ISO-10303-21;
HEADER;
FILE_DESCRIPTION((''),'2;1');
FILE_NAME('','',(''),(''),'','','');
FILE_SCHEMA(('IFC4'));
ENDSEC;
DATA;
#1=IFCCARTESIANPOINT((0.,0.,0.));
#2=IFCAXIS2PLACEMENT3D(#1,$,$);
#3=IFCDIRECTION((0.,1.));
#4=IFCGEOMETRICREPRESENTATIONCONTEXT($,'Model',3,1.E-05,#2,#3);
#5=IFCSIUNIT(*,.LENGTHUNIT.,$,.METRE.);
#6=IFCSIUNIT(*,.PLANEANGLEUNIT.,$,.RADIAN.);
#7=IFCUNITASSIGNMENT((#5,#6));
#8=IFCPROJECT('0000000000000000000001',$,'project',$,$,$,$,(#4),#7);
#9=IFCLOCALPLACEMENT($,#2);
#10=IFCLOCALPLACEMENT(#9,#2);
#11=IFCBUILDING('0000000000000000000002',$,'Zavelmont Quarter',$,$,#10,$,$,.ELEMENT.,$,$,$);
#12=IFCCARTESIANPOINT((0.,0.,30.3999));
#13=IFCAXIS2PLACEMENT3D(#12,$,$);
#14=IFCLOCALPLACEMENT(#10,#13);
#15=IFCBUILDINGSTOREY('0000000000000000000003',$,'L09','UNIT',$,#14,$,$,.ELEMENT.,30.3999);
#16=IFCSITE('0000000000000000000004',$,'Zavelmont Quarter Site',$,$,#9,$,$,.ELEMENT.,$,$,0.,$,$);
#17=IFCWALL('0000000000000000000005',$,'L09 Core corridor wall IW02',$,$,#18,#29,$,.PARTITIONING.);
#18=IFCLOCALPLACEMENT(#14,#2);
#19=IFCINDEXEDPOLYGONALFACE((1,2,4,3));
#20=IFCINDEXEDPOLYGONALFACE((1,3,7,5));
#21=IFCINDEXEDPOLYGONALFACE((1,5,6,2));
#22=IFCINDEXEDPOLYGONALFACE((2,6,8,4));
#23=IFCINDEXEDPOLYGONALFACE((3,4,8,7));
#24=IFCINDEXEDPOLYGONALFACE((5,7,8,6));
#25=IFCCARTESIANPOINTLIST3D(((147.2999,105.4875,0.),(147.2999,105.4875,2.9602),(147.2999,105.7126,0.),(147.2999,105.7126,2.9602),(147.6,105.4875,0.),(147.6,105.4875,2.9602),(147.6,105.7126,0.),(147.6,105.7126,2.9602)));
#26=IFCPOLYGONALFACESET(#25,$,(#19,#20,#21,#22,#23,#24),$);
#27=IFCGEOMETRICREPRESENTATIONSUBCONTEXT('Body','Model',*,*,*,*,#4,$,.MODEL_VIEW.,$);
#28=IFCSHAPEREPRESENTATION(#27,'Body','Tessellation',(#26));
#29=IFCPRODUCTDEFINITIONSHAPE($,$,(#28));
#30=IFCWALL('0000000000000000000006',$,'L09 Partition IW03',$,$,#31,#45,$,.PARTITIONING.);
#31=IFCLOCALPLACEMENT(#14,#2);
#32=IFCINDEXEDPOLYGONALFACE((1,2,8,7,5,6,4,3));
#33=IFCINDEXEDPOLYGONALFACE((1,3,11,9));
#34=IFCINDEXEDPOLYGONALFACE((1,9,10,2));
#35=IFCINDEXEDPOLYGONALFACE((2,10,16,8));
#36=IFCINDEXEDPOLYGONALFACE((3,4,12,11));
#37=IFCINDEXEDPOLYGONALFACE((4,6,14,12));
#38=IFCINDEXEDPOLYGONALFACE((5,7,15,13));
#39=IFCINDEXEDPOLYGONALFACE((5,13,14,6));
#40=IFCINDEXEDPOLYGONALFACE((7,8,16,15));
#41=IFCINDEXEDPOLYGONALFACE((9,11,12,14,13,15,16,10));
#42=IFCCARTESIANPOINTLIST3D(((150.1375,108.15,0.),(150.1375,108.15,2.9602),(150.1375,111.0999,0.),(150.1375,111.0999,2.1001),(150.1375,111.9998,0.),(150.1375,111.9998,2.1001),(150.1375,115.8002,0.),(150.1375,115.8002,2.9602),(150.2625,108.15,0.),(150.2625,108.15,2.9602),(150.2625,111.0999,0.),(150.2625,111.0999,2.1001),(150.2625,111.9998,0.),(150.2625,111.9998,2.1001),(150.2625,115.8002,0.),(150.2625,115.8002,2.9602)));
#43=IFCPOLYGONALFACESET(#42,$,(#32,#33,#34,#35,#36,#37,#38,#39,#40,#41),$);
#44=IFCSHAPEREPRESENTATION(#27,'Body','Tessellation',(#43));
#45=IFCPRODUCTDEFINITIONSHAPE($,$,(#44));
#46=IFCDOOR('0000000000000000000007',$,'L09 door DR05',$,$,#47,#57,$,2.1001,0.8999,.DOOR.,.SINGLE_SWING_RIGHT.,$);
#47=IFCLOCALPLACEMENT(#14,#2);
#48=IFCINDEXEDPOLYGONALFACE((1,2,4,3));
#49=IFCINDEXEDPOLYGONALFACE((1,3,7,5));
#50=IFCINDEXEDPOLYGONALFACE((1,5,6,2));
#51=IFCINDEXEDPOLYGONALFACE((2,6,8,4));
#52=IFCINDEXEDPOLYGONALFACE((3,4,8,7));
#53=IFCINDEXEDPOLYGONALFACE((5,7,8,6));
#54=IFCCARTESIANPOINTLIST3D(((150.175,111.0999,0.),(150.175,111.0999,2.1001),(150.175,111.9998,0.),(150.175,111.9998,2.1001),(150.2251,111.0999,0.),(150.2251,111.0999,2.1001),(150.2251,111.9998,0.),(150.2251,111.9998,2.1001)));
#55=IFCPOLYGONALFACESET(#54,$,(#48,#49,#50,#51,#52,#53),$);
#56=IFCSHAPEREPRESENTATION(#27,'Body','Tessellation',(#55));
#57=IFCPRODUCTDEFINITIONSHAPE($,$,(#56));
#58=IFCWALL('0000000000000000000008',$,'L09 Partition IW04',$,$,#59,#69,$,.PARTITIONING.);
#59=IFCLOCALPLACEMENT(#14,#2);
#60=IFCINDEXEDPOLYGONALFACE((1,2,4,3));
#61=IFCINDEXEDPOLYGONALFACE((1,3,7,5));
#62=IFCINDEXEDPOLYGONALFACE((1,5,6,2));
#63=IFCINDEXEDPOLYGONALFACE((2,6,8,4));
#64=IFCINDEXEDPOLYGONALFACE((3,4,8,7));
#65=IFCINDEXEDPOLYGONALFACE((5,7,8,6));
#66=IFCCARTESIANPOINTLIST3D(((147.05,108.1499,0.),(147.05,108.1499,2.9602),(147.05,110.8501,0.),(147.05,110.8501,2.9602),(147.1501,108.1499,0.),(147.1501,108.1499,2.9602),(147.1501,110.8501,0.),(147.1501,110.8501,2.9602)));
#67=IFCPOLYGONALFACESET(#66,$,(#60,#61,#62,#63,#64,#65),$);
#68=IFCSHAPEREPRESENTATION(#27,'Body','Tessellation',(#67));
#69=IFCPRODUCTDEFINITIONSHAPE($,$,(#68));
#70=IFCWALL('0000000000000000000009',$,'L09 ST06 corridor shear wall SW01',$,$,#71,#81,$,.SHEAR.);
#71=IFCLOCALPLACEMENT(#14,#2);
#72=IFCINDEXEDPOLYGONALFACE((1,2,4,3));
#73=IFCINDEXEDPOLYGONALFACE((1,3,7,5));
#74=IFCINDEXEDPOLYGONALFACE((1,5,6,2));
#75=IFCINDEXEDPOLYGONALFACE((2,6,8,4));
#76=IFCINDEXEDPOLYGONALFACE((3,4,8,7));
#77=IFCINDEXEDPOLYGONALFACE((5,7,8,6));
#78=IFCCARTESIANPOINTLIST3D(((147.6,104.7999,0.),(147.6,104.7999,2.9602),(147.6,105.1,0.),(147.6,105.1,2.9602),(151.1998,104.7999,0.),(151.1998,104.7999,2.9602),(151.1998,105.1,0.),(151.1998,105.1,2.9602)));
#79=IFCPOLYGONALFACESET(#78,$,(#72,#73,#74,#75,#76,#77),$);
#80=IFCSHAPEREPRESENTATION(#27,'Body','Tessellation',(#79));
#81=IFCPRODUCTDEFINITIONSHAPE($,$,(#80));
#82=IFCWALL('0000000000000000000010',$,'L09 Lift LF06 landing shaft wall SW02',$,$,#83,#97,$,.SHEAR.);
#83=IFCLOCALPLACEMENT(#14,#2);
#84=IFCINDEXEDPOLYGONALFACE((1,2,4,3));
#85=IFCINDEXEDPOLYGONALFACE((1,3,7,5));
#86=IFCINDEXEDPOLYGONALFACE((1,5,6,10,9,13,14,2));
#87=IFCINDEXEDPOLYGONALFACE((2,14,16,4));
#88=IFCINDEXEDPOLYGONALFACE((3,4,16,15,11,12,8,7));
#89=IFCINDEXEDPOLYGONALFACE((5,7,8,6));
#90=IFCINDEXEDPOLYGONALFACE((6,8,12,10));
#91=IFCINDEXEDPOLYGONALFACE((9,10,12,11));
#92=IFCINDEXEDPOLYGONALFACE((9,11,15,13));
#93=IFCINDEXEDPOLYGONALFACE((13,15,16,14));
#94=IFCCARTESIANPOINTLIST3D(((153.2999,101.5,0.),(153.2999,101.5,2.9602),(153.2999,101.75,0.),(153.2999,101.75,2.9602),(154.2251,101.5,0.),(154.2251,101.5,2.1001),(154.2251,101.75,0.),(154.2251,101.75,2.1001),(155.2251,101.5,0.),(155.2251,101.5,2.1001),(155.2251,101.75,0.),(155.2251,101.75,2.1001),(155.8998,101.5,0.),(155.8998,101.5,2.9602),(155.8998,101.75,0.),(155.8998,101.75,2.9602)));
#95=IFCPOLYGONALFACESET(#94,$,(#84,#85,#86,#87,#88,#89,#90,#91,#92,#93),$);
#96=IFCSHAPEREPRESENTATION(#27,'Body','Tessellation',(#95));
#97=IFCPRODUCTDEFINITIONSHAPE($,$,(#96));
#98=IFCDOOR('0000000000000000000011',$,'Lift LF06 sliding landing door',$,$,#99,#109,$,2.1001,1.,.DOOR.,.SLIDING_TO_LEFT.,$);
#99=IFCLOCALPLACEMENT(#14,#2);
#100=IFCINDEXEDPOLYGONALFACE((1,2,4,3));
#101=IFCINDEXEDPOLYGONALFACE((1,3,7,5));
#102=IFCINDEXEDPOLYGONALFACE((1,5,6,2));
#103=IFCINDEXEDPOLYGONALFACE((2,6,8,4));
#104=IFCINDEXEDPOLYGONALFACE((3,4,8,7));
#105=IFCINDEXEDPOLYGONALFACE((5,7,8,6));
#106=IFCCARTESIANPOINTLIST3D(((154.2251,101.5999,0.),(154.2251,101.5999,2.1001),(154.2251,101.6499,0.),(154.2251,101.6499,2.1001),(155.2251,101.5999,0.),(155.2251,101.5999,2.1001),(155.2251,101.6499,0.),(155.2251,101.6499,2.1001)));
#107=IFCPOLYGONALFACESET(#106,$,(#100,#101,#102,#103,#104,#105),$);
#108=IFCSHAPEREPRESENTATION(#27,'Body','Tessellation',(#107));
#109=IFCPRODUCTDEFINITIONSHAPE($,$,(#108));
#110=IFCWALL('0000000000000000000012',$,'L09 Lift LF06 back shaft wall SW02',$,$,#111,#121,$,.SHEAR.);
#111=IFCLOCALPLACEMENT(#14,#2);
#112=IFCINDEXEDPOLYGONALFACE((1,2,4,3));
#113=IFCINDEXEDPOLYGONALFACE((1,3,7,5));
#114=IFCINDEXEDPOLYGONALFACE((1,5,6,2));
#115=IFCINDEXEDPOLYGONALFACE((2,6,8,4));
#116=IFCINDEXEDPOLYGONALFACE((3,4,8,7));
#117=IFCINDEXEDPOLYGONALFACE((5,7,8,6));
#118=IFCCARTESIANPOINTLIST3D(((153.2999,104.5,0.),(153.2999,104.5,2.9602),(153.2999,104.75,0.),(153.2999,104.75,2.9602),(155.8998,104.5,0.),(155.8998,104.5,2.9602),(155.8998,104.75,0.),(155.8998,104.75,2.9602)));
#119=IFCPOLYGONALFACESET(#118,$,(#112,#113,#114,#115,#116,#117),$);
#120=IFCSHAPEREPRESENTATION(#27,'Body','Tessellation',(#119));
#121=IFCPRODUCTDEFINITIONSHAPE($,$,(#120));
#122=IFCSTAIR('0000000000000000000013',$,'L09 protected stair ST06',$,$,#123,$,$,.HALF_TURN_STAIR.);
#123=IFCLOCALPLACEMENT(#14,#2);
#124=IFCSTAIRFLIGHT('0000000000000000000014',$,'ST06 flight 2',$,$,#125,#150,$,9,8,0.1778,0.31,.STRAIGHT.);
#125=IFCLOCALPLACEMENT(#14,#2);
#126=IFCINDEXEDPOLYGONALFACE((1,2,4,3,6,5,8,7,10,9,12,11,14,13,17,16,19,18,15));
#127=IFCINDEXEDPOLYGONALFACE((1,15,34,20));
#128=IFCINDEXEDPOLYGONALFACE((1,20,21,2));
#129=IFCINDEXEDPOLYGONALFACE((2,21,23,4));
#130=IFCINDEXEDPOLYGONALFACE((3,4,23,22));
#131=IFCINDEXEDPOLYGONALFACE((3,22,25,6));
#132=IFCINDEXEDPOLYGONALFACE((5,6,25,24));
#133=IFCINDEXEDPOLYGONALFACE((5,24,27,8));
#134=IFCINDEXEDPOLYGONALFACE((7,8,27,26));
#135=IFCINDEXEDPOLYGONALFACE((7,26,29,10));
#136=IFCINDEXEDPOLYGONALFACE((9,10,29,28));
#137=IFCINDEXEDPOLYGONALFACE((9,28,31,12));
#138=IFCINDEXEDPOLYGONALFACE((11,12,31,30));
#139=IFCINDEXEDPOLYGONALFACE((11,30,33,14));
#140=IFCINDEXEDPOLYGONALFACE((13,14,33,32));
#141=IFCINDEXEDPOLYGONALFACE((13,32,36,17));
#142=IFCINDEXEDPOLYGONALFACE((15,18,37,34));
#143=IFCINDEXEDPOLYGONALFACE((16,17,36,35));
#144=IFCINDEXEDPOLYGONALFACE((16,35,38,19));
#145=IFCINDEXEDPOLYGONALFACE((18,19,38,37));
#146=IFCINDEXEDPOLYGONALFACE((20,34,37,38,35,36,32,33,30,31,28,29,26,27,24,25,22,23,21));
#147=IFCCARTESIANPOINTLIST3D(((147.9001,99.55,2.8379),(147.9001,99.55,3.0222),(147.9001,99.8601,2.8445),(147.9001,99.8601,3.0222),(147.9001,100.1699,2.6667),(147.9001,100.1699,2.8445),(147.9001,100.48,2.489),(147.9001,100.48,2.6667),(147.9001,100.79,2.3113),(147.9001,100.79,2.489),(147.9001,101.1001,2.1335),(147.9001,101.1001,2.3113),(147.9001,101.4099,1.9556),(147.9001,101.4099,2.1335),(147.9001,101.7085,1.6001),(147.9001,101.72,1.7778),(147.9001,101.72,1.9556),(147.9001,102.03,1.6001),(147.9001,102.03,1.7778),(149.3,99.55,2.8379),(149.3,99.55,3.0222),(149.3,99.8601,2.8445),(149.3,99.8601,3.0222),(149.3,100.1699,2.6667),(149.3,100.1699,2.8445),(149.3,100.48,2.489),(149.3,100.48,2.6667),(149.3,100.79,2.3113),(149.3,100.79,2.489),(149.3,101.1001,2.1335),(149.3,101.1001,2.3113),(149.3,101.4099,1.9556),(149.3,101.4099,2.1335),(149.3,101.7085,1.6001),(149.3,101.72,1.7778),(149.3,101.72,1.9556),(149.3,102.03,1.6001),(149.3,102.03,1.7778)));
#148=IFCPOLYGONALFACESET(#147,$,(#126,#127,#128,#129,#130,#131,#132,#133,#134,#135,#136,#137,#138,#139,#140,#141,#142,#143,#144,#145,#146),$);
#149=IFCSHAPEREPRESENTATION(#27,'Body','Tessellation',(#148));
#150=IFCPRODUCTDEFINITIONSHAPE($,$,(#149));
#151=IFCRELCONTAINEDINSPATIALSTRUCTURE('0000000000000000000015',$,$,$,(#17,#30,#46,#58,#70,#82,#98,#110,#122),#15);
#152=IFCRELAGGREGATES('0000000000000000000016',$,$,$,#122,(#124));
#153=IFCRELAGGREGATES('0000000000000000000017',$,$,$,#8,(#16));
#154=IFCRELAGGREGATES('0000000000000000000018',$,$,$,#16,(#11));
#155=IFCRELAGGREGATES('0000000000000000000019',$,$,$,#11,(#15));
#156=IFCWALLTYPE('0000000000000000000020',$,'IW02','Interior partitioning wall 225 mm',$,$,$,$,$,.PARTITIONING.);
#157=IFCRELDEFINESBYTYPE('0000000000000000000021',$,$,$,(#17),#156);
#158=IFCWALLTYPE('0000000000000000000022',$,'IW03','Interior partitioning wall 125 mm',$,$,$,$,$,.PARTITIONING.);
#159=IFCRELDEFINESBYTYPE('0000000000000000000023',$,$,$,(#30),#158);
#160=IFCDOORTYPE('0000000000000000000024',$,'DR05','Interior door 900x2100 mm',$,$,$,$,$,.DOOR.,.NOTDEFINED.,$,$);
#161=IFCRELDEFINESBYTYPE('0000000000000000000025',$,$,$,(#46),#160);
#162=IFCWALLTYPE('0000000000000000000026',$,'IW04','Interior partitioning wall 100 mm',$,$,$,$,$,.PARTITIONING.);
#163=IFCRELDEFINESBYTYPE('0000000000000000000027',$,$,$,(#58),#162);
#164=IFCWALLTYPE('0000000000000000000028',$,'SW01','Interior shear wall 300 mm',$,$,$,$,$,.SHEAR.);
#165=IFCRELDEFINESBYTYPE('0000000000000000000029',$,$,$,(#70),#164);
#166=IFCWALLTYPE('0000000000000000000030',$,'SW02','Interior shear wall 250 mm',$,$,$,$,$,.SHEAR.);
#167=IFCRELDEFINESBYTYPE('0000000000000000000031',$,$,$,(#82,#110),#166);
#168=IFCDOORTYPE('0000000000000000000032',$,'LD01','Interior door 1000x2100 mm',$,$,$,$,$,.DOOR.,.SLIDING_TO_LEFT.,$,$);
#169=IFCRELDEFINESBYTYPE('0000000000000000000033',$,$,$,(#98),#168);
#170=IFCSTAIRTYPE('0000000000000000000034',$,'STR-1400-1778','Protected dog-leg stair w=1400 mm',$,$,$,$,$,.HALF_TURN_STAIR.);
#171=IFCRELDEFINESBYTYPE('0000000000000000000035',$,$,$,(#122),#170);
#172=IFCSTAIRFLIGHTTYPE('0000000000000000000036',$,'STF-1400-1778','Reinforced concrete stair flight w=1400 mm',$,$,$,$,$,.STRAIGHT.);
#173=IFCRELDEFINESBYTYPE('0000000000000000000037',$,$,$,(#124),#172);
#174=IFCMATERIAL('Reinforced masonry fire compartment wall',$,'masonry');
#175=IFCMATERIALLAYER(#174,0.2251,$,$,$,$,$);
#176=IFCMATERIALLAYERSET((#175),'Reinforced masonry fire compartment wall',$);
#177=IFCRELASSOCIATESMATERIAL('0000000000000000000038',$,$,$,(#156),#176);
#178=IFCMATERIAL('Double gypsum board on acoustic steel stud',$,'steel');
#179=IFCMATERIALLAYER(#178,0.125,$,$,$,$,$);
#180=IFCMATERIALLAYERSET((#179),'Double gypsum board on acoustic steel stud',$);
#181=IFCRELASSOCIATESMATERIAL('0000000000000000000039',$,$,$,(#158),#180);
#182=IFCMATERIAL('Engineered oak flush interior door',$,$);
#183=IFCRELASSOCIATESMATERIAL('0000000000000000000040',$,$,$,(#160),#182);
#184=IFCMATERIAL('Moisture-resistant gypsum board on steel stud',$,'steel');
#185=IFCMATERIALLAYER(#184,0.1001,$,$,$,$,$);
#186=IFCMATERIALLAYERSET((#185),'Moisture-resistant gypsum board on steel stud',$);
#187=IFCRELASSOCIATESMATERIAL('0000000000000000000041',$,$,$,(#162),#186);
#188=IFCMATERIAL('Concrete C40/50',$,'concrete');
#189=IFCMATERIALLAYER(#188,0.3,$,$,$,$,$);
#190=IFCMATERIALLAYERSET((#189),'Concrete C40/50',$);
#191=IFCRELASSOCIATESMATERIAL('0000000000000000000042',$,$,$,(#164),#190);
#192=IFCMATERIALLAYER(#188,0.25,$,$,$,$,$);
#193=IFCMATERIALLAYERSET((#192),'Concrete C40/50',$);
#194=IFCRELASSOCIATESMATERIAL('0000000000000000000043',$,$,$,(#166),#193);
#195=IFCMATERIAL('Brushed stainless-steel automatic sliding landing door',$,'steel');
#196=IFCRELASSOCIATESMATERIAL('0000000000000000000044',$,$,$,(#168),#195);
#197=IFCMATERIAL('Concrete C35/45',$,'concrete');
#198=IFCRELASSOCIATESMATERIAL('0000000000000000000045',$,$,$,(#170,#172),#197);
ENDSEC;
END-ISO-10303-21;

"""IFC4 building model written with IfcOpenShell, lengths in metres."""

from ifc_helpers import new_model, si_unit, direction, frame, frame_2d, origin, origin_with_axes, place, context, subcontext, project, spatial, polyline, rectangle, outline, extrude, material, layer, layer_set, type_object, element, fill, aggregate, save


model = new_model("IFC4")

# Units and contexts
model_context = context("Model", 3, precision=1e-05, world=origin(), true_north=direction((0.0, 1.0)))
body_context = subcontext(model_context, "Body", "Model", "MODEL_VIEW")
ifc_project = project(units=[si_unit("LENGTHUNIT", "METRE"), si_unit("PLANEANGLEUNIT", "RADIAN")], contexts=[model_context])

# Site, building, storey
site_placement = place(None, origin())
site = spatial("IfcSite", under=ifc_project, at=site_placement, Name="Zavelmont Quarter Site", CompositionType="ELEMENT", RefElevation=0.0)
building_placement = place(site_placement, origin())
building = spatial("IfcBuilding", under=site, at=building_placement, Name="Zavelmont Quarter", CompositionType="ELEMENT")
storey_placement = place(building_placement, frame((0.0, 0.0, 30.3999)))
storey = spatial("IfcBuildingStorey", under=building, at=storey_placement, Name="L09", Description="UNIT", CompositionType="ELEMENT", Elevation=30.3999)

# Shared definitions
ifc_material_1 = material(Name="Concrete C35/45", Category="concrete")

# Shared definitions
ifc_material_2 = material(Name="Concrete C40/50", Category="concrete")

# Shared definitions
ifc_material_3 = material(Name="Reinforced masonry fire compartment wall", Category="masonry")
ifc_layer_1 = layer(ifc_material_3, 0.2251)
ifc_layer_set_1 = layer_set([ifc_layer_1], Name="Reinforced masonry fire compartment wall")
wall_type_1 = type_object("IfcWallType", Name="IW02", Description="Interior partitioning wall 225 mm", PredefinedType="PARTITIONING", material=ifc_layer_set_1)

# Wall
wall_1_placement = place(storey_placement, frame((147.3, 105.6001, 0.0), z_axis=(0.0, 0.0, 1.0), x_axis=(1.0, 0.0, 0.0)))
element("IfcWall", 1, at=wall_1_placement, inside=storey, type_object=wall_type_1, Name="L09 Core corridor wall IW02", PredefinedType="PARTITIONING", context=body_context, shape_type="SweptSolid", body=[
    extrude(rectangle(XDim=0.3, YDim=0.2251, at=frame_2d((0.1499, 0.0))), origin(), (0.0, 0.0, 1.0), 2.9602),
])

# Wall, opening, door
ifc_material_4 = material(Name="Double gypsum board on acoustic steel stud", Category="steel")
ifc_layer_2 = layer(ifc_material_4, 0.125)
ifc_layer_set_2 = layer_set([ifc_layer_2], Name="Double gypsum board on acoustic steel stud")
wall_type_2 = type_object("IfcWallType", Name="IW03", Description="Interior partitioning wall 125 mm", PredefinedType="PARTITIONING", material=ifc_layer_set_2)
wall_2_placement = place(storey_placement, frame((150.2, 108.1499, 0.0), z_axis=(0.0, 0.0, 1.0), x_axis=(0.0, 1.0, 0.0)))
wall_2 = element("IfcWall", 2, at=wall_2_placement, inside=storey, type_object=wall_type_2, Name="L09 Partition IW03", PredefinedType="PARTITIONING", context=body_context, shape_type="SweptSolid", body=[
    extrude(rectangle(XDim=7.6501, YDim=0.125, at=frame_2d((3.8252, 0.0))), origin(), (0.0, 0.0, 1.0), 2.9602),
])
opening_1_placement = place(wall_2_placement, frame((2.95, 0.0, 0.0)))
opening_1 = element("IfcOpeningElement", 3, at=opening_1_placement, cuts=wall_2, PredefinedType="OPENING", context=body_context, shape_type="SweptSolid", body=[
    extrude(rectangle(XDim=0.8999, YDim=2.1001, at=frame_2d((0.45, 1.05))), frame((0.0, 0.0745, 0.0), z_axis=(0.0, -1.0, 0.0), x_axis=(1.0, 0.0, 0.0)), (0.0, 0.0, 1.0), 0.1489),
])
ifc_material_5 = material(Name="Engineered oak flush interior door")
door_type_1 = type_object("IfcDoorType", Name="DR05", Description="Interior door 900x2100 mm", OperationType="NOTDEFINED", PredefinedType="DOOR", material=ifc_material_5)
door_1_placement = place(opening_1_placement, origin_with_axes())
door_1 = element("IfcDoor", 4, at=door_1_placement, inside=storey, type_object=door_type_1, Name="L09 door DR05", OperationType="SINGLE_SWING_RIGHT", OverallHeight=2.1001, OverallWidth=0.8999, PredefinedType="DOOR", context=body_context, shape_type="SweptSolid", body=[
    extrude(rectangle(XDim=0.8999, YDim=2.1001, at=frame_2d((0.45, 1.05))), frame((0.0, 0.0249, 0.0), z_axis=(0.0, -1.0, 0.0), x_axis=(1.0, 0.0, 0.0)), (0.0, 0.0, 1.0), 0.05),
])
fill(opening_1, door_1)

# Walls
ifc_material_6 = material(Name="Moisture-resistant gypsum board on steel stud", Category="steel")
ifc_layer_3 = layer(ifc_material_6, 0.1001)
ifc_layer_set_3 = layer_set([ifc_layer_3], Name="Moisture-resistant gypsum board on steel stud")
wall_type_3 = type_object("IfcWallType", Name="IW04", Description="Interior partitioning wall 100 mm", PredefinedType="PARTITIONING", material=ifc_layer_set_3)
wall_3_placement = place(storey_placement, frame((147.1001, 108.1499, 0.0), z_axis=(0.0, 0.0, 1.0), x_axis=(0.0, 1.0, 0.0)))
element("IfcWall", 5, at=wall_3_placement, inside=storey, type_object=wall_type_3, Name="L09 Partition IW04", PredefinedType="PARTITIONING", context=body_context, shape_type="SweptSolid", body=[
    extrude(rectangle(XDim=2.7002, YDim=0.1001, at=frame_2d((1.3501, 0.0))), origin(), (0.0, 0.0, 1.0), 2.9602),
])
ifc_layer_4 = layer(ifc_material_2, 0.3)
ifc_layer_set_4 = layer_set([ifc_layer_4], Name="Concrete C40/50")
wall_type_4 = type_object("IfcWallType", Name="SW01", Description="Interior shear wall 300 mm", PredefinedType="SHEAR", material=ifc_layer_set_4)
wall_4_placement = place(storey_placement, frame((147.6001, 104.95, 0.0), z_axis=(0.0, 0.0, 1.0), x_axis=(1.0, 0.0, 0.0)))
element("IfcWall", 6, at=wall_4_placement, inside=storey, type_object=wall_type_4, Name="L09 ST06 corridor shear wall SW01", PredefinedType="SHEAR", context=body_context, shape_type="SweptSolid", body=[
    extrude(rectangle(XDim=3.5999, YDim=0.3, at=frame_2d((1.7998, 0.0))), origin(), (0.0, 0.0, 1.0), 2.9602),
])

# Wall, opening, door
ifc_layer_5 = layer(ifc_material_2, 0.25)
ifc_layer_set_5 = layer_set([ifc_layer_5], Name="Concrete C40/50")
wall_type_5 = type_object("IfcWallType", Name="SW02", Description="Interior shear wall 250 mm", PredefinedType="SHEAR", material=ifc_layer_set_5)
wall_5_placement = place(storey_placement, frame((153.3, 101.625, 0.0), z_axis=(0.0, 0.0, 1.0), x_axis=(1.0, 0.0, 0.0)))
wall_5 = element("IfcWall", 7, at=wall_5_placement, inside=storey, type_object=wall_type_5, Name="L09 Lift LF06 landing shaft wall SW02", PredefinedType="SHEAR", context=body_context, shape_type="SweptSolid", body=[
    extrude(rectangle(XDim=2.5999, YDim=0.25, at=frame_2d((1.2998, 0.0))), origin(), (0.0, 0.0, 1.0), 2.9602),
])
opening_2_placement = place(wall_5_placement, frame((0.925, 0.0, 0.0)))
opening_2 = element("IfcOpeningElement", 8, at=opening_2_placement, cuts=wall_5, PredefinedType="OPENING", context=body_context, shape_type="SweptSolid", body=[
    extrude(rectangle(XDim=1.0, YDim=2.1001, at=frame_2d((0.5, 1.05))), frame((0.0, 0.137, 0.0), z_axis=(0.0, -1.0, 0.0), x_axis=(1.0, 0.0, 0.0)), (0.0, 0.0, 1.0), 0.2739),
])
ifc_material_7 = material(Name="Brushed stainless-steel automatic sliding landing door", Category="steel")
door_type_2 = type_object("IfcDoorType", Name="LD01", Description="Interior door 1000x2100 mm", OperationType="SLIDING_TO_LEFT", PredefinedType="DOOR", material=ifc_material_7)
door_2_placement = place(opening_2_placement, origin_with_axes())
door_2 = element("IfcDoor", 9, at=door_2_placement, inside=storey, type_object=door_type_2, Name="Lift LF06 sliding landing door", OperationType="SLIDING_TO_LEFT", OverallHeight=2.1001, OverallWidth=1.0, PredefinedType="DOOR", context=body_context, shape_type="SweptSolid", body=[
    extrude(rectangle(XDim=1.0, YDim=2.1001, at=frame_2d((0.5, 1.05))), frame((0.0, 0.0249, 0.0), z_axis=(0.0, -1.0, 0.0), x_axis=(1.0, 0.0, 0.0)), (0.0, 0.0, 1.0), 0.05),
])
fill(opening_2, door_2)

# Wall
wall_6_placement = place(storey_placement, frame((153.3, 104.625, 0.0), z_axis=(0.0, 0.0, 1.0), x_axis=(1.0, 0.0, 0.0)))
element("IfcWall", 10, at=wall_6_placement, inside=storey, type_object=wall_type_5, Name="L09 Lift LF06 back shaft wall SW02", PredefinedType="SHEAR", context=body_context, shape_type="SweptSolid", body=[
    extrude(rectangle(XDim=2.5999, YDim=0.25, at=frame_2d((1.2998, 0.0))), origin(), (0.0, 0.0, 1.0), 2.9602),
])

# Stair, stair flight
stair_type = type_object("IfcStairType", Name="STR-1400-1778", Description="Protected dog-leg stair w=1400 mm", PredefinedType="HALF_TURN_STAIR", material=ifc_material_1)
stair_placement = place(storey_placement, origin())
stair = element("IfcStair", 11, at=stair_placement, inside=storey, type_object=stair_type, Name="L09 protected stair ST06", PredefinedType="HALF_TURN_STAIR")
stair_flight_type = type_object("IfcStairFlightType", Name="STF-1400-1778", Description="Reinforced concrete stair flight w=1400 mm", PredefinedType="STRAIGHT", material=ifc_material_1)
stair_flight_placement = place(storey_placement, frame((148.6001, 102.03, 1.6001), z_axis=(0.0, 0.0, 1.0), x_axis=(0.0, -1.0, 0.0)))
stair_flight = element("IfcStairFlight", 12, at=stair_flight_placement, type_object=stair_flight_type, Name="ST06 flight 2", NumberOfRisers=9, NumberOfTreads=8, PredefinedType="STRAIGHT", RiserHeight=0.1778, TreadLength=0.31, context=body_context, shape_type="SweptSolid", body=[
    extrude(outline(polyline([(0.0, 0.0), (0.0, 0.1777), (0.3101, 0.1777), (0.3101, 0.3555), (0.6201, 0.3555), (0.6201, 0.5334), (0.9299, 0.5334), (0.9299, 0.7112), (1.24, 0.7112), (1.24, 0.8889), (1.55, 0.8889), (1.55, 1.0667), (1.8601, 1.0667), (1.8601, 1.2444), (2.1699, 1.2444), (2.1699, 1.4221), (2.48, 1.4221), (2.48, 1.6001), (2.48, 1.2378), (0.3215, 0.0), (0.0, 0.0)])), frame((0.0, 0.7, 0.0), z_axis=(0.0, -1.0, 0.0), x_axis=(1.0, 0.0, 0.0)), (0.0, 0.0, 1.0), 1.3999),
])
aggregate(stair, [stair_flight])

save(model, "model.ifc")
